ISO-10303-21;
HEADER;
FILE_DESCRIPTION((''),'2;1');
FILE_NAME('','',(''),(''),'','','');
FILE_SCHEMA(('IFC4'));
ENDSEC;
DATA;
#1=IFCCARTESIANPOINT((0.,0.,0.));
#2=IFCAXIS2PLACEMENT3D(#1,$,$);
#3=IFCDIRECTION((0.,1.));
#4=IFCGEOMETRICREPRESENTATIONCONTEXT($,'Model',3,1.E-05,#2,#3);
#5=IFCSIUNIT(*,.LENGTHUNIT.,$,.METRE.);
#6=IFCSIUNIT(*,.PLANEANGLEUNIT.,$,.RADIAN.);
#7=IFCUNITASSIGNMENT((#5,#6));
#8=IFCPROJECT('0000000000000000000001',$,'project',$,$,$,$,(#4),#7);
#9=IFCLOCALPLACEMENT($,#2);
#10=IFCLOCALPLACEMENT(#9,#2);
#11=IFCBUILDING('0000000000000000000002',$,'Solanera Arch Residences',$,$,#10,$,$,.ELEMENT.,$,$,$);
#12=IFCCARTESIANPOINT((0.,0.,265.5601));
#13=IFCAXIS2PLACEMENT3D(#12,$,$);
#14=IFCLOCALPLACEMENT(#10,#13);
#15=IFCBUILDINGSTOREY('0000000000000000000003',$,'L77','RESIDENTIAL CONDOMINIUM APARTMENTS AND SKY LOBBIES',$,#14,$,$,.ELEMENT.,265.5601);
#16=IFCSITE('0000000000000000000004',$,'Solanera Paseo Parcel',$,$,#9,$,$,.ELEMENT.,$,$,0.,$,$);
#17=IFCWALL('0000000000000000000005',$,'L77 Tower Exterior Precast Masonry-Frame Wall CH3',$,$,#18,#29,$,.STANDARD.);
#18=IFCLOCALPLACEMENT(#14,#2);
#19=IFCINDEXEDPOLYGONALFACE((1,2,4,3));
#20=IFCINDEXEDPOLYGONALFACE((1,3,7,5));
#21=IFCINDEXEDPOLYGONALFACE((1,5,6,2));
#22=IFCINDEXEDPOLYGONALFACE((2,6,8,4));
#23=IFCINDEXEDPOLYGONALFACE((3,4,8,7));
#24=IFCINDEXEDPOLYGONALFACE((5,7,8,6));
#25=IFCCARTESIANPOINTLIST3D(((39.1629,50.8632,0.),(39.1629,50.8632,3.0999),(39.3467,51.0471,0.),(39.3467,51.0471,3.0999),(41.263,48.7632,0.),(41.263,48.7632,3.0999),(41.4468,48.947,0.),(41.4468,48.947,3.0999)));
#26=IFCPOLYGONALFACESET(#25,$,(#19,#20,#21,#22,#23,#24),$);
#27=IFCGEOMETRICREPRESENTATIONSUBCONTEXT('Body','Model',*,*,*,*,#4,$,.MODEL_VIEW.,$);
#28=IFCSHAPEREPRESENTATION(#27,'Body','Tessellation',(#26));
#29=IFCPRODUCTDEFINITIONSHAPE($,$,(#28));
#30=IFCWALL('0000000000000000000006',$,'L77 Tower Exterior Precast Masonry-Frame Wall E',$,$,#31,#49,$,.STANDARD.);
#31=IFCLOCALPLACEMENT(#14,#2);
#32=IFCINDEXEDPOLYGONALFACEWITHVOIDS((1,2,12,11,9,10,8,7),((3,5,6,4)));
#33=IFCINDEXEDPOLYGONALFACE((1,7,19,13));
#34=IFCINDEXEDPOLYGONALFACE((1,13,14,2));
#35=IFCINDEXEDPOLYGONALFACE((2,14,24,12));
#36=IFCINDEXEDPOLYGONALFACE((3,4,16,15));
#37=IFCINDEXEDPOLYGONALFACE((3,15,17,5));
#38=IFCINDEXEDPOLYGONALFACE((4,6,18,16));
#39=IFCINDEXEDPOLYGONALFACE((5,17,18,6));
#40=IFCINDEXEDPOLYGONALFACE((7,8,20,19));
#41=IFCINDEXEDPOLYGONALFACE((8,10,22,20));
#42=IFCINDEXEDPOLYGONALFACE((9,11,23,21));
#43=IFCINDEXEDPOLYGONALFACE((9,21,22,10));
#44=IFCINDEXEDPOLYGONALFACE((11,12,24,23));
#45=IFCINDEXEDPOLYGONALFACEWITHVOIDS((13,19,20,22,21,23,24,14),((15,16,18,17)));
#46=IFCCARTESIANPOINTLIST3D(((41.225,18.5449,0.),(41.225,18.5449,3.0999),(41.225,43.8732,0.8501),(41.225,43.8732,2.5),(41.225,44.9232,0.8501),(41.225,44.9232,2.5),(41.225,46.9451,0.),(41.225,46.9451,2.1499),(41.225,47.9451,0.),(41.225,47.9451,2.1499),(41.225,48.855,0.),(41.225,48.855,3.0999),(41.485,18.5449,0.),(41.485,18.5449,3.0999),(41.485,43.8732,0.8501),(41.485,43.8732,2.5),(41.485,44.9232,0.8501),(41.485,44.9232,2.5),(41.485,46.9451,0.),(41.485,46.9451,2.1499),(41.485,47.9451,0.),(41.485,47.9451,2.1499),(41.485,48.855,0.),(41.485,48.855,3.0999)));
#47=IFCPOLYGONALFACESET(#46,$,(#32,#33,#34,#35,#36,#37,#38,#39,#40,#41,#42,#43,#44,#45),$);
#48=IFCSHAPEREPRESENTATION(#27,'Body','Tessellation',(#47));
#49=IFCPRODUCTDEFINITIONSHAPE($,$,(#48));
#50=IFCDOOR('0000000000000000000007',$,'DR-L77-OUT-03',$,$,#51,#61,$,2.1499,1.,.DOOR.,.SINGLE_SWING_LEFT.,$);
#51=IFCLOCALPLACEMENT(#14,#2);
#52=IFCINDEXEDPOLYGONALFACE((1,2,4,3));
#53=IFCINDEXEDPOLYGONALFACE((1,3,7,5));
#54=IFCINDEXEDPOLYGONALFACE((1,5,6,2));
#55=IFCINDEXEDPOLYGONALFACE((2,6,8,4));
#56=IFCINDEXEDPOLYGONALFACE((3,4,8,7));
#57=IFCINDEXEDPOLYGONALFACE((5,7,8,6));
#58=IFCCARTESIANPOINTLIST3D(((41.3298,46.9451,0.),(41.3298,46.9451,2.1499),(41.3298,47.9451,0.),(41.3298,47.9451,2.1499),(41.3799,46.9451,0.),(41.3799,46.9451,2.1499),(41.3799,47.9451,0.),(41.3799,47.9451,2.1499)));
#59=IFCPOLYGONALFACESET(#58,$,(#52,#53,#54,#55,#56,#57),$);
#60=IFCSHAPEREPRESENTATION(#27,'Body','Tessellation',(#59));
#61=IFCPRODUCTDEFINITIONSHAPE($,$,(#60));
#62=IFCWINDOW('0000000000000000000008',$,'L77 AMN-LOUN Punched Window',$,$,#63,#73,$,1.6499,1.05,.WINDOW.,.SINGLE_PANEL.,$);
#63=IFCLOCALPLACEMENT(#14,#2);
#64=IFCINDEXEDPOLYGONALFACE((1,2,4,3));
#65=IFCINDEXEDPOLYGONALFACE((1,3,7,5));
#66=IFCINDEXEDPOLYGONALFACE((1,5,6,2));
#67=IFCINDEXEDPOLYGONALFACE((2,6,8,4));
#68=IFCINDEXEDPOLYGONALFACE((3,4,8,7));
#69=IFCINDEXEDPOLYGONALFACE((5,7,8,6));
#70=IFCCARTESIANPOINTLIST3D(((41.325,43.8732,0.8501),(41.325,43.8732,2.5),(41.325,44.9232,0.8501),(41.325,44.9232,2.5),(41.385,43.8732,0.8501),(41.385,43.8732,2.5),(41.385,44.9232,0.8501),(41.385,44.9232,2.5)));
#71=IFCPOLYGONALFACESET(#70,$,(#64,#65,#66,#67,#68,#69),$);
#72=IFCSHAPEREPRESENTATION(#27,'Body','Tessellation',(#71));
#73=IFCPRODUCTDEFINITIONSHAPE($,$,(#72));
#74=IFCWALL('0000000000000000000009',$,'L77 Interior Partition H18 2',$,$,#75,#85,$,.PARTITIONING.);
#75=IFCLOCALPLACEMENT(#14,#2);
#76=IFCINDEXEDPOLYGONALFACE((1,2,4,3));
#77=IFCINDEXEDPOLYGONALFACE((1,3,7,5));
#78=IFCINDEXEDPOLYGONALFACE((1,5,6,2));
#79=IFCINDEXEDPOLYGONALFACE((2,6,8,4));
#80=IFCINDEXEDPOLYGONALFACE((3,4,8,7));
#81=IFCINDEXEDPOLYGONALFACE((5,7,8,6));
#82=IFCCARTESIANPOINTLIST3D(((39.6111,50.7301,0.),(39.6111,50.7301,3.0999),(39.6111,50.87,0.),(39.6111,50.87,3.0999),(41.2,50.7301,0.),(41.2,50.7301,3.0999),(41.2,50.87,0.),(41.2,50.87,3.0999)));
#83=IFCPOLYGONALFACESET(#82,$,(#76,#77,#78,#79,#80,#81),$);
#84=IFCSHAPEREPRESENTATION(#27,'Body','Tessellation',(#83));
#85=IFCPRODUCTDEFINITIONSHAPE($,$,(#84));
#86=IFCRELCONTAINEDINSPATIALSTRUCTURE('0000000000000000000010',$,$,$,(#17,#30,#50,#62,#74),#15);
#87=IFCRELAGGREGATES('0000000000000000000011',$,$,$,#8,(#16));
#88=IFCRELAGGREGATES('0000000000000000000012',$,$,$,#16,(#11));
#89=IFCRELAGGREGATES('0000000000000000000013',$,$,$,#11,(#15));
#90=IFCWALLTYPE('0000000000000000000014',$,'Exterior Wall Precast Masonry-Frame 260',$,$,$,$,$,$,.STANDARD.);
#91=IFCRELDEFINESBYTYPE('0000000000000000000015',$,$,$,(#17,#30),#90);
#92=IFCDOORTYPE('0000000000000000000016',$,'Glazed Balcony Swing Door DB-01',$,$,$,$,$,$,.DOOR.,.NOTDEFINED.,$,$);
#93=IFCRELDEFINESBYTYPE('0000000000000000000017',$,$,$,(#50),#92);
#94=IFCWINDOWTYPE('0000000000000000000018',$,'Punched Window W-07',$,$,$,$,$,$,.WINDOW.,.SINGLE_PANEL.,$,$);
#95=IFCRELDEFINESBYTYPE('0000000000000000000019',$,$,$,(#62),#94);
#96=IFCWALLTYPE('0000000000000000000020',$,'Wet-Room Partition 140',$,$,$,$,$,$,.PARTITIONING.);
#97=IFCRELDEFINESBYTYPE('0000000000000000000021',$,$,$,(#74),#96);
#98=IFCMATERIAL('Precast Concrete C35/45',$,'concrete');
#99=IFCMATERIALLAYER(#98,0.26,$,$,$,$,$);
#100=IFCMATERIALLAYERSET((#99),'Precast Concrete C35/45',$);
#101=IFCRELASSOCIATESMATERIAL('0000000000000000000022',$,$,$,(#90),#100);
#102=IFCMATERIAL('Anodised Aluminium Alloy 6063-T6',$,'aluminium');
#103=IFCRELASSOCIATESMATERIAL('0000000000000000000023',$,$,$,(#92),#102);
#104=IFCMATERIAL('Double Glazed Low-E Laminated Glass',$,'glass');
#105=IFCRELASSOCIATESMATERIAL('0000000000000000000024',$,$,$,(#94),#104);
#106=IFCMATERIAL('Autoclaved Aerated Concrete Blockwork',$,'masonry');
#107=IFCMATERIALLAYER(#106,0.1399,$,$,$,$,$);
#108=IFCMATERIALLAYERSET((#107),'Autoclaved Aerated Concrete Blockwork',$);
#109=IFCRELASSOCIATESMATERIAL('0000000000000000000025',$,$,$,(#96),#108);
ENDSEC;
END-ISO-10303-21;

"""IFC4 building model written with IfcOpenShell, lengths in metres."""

from ifc_helpers import new_model, si_unit, direction, frame, frame_2d, origin, place, context, subcontext, project, spatial, rectangle, extrude, material, layer, layer_set, type_object, element, fill, save


model = new_model("IFC4")

# Units and contexts
model_context = context("Model", 3, precision=1e-05, world=origin(), true_north=direction((0.0, 1.0)))
body_context = subcontext(model_context, "Body", "Model", "MODEL_VIEW")
ifc_project = project(units=[si_unit("LENGTHUNIT", "METRE"), si_unit("PLANEANGLEUNIT", "RADIAN")], contexts=[model_context])

# Site, building, storey
site_placement = place(None, origin())
site = spatial("IfcSite", under=ifc_project, at=site_placement, Name="Solanera Paseo Parcel", CompositionType="ELEMENT", RefElevation=0.0)
building_placement = place(site_placement, origin())
building = spatial("IfcBuilding", under=site, at=building_placement, Name="Solanera Arch Residences", CompositionType="ELEMENT")
storey_placement = place(building_placement, frame((0.0, 0.0, 265.5601)))
storey = spatial("IfcBuildingStorey", under=building, at=storey_placement, Name="L77", Description="RESIDENTIAL CONDOMINIUM APARTMENTS AND SKY LOBBIES", CompositionType="ELEMENT", Elevation=265.5601)

# Wall
ifc_material_1 = material(Name="Precast Concrete C35/45", Category="concrete")
ifc_layer_1 = layer(ifc_material_1, 0.26)
ifc_layer_set_1 = layer_set([ifc_layer_1], Name="Precast Concrete C35/45")
wall_type_1 = type_object("IfcWallType", Name="Exterior Wall Precast Masonry-Frame 260", PredefinedType="STANDARD", material=ifc_layer_set_1)
wall_1_placement = place(storey_placement, frame((39.2549, 50.9551, 0.0), z_axis=(0.0, 0.0, 1.0), x_axis=(0.707107, -0.707107, 0.0)))
element("IfcWall", 1, at=wall_1_placement, inside=storey, type_object=wall_type_1, Name="L77 Tower Exterior Precast Masonry-Frame Wall CH3", PredefinedType="STANDARD", context=body_context, shape_type="SweptSolid", body=[
    extrude(rectangle(XDim=2.97, YDim=0.26, at=frame_2d((1.4849, 0.0))), origin(), (0.0, 0.0, 1.0), 3.0999),
])

# Wall, openings, door, window
wall_2_placement = place(storey_placement, frame((41.355, 48.855, 0.0), z_axis=(0.0, 0.0, 1.0), x_axis=(0.0, -1.0, 0.0)))
wall_2 = element("IfcWall", 2, at=wall_2_placement, inside=storey, type_object=wall_type_1, Name="L77 Tower Exterior Precast Masonry-Frame Wall E", PredefinedType="STANDARD", context=body_context, shape_type="SweptSolid", body=[
    extrude(rectangle(XDim=30.3101, YDim=0.26, at=frame_2d((15.155, 0.0))), origin(), (0.0, 0.0, 1.0), 3.0999),
])
opening_1_placement = place(wall_2_placement, frame((0.9099, 0.0, 0.0)))
opening_1 = element("IfcOpeningElement", 3, at=opening_1_placement, cuts=wall_2, PredefinedType="OPENING", context=body_context, shape_type="SweptSolid", body=[
    extrude(rectangle(XDim=1.0, YDim=2.1499, at=frame_2d((0.5, 1.075))), frame((0.0, 0.1399, 0.0), z_axis=(0.0, -1.0, 0.0), x_axis=(1.0, 0.0, 0.0)), (0.0, 0.0, 1.0), 0.28),
])
opening_2_placement = place(wall_2_placement, frame((3.9319, 0.0, 0.8501)))
opening_2 = element("IfcOpeningElement", 4, at=opening_2_placement, cuts=wall_2, PredefinedType="OPENING", context=body_context, shape_type="SweptSolid", body=[
    extrude(rectangle(XDim=1.05, YDim=1.6499, at=frame_2d((0.5249, 0.825))), frame((0.0, 0.1399, 0.0), z_axis=(0.0, -1.0, 0.0), x_axis=(1.0, 0.0, 0.0)), (0.0, 0.0, 1.0), 0.28),
])
ifc_material_2 = material(Name="Anodised Aluminium Alloy 6063-T6", Category="aluminium")
door_type = type_object("IfcDoorType", Name="Glazed Balcony Swing Door DB-01", OperationType="NOTDEFINED", PredefinedType="DOOR", material=ifc_material_2)
door_placement = place(opening_1_placement, origin())
door = element("IfcDoor", 5, at=door_placement, inside=storey, type_object=door_type, Name="DR-L77-OUT-03", OperationType="SINGLE_SWING_LEFT", OverallHeight=2.1499, OverallWidth=1.0, PredefinedType="DOOR", context=body_context, shape_type="SweptSolid", body=[
    extrude(rectangle(XDim=1.0, YDim=2.1499, at=frame_2d((0.5, 1.075))), frame((0.0, 0.0249, 0.0), z_axis=(0.0, -1.0, 0.0), x_axis=(1.0, 0.0, 0.0)), (0.0, 0.0, 1.0), 0.05),
])
fill(opening_1, door)
ifc_material_3 = material(Name="Double Glazed Low-E Laminated Glass", Category="glass")
window_type = type_object("IfcWindowType", Name="Punched Window W-07", PartitioningType="SINGLE_PANEL", PredefinedType="WINDOW", material=ifc_material_3)
window_placement = place(opening_2_placement, origin())
window = element("IfcWindow", 6, at=window_placement, inside=storey, type_object=window_type, Name="L77 AMN-LOUN Punched Window", OverallHeight=1.6499, OverallWidth=1.05, PartitioningType="SINGLE_PANEL", PredefinedType="WINDOW", context=body_context, shape_type="SweptSolid", body=[
    extrude(rectangle(XDim=1.05, YDim=1.6499, at=frame_2d((0.5249, 0.825))), frame((0.0, 0.03, 0.0), z_axis=(0.0, -1.0, 0.0), x_axis=(1.0, 0.0, 0.0)), (0.0, 0.0, 1.0), 0.0601),
])
fill(opening_2, window)

# Wall
ifc_material_4 = material(Name="Autoclaved Aerated Concrete Blockwork", Category="masonry")
ifc_layer_2 = layer(ifc_material_4, 0.1399)
ifc_layer_set_2 = layer_set([ifc_layer_2], Name="Autoclaved Aerated Concrete Blockwork")
wall_type_2 = type_object("IfcWallType", Name="Wet-Room Partition 140", PredefinedType="PARTITIONING", material=ifc_layer_set_2)
wall_3_placement = place(storey_placement, frame((39.6111, 50.8, 0.0), z_axis=(0.0, 0.0, 1.0), x_axis=(1.0, 0.0, 0.0)))
element("IfcWall", 7, at=wall_3_placement, inside=storey, type_object=wall_type_2, Name="L77 Interior Partition H18 2", PredefinedType="PARTITIONING", context=body_context, shape_type="SweptSolid", body=[
    extrude(rectangle(XDim=1.5889, YDim=0.1399, at=frame_2d((0.7944, 0.0))), origin(), (0.0, 0.0, 1.0), 3.0999),
])

save(model, "model.ifc")
